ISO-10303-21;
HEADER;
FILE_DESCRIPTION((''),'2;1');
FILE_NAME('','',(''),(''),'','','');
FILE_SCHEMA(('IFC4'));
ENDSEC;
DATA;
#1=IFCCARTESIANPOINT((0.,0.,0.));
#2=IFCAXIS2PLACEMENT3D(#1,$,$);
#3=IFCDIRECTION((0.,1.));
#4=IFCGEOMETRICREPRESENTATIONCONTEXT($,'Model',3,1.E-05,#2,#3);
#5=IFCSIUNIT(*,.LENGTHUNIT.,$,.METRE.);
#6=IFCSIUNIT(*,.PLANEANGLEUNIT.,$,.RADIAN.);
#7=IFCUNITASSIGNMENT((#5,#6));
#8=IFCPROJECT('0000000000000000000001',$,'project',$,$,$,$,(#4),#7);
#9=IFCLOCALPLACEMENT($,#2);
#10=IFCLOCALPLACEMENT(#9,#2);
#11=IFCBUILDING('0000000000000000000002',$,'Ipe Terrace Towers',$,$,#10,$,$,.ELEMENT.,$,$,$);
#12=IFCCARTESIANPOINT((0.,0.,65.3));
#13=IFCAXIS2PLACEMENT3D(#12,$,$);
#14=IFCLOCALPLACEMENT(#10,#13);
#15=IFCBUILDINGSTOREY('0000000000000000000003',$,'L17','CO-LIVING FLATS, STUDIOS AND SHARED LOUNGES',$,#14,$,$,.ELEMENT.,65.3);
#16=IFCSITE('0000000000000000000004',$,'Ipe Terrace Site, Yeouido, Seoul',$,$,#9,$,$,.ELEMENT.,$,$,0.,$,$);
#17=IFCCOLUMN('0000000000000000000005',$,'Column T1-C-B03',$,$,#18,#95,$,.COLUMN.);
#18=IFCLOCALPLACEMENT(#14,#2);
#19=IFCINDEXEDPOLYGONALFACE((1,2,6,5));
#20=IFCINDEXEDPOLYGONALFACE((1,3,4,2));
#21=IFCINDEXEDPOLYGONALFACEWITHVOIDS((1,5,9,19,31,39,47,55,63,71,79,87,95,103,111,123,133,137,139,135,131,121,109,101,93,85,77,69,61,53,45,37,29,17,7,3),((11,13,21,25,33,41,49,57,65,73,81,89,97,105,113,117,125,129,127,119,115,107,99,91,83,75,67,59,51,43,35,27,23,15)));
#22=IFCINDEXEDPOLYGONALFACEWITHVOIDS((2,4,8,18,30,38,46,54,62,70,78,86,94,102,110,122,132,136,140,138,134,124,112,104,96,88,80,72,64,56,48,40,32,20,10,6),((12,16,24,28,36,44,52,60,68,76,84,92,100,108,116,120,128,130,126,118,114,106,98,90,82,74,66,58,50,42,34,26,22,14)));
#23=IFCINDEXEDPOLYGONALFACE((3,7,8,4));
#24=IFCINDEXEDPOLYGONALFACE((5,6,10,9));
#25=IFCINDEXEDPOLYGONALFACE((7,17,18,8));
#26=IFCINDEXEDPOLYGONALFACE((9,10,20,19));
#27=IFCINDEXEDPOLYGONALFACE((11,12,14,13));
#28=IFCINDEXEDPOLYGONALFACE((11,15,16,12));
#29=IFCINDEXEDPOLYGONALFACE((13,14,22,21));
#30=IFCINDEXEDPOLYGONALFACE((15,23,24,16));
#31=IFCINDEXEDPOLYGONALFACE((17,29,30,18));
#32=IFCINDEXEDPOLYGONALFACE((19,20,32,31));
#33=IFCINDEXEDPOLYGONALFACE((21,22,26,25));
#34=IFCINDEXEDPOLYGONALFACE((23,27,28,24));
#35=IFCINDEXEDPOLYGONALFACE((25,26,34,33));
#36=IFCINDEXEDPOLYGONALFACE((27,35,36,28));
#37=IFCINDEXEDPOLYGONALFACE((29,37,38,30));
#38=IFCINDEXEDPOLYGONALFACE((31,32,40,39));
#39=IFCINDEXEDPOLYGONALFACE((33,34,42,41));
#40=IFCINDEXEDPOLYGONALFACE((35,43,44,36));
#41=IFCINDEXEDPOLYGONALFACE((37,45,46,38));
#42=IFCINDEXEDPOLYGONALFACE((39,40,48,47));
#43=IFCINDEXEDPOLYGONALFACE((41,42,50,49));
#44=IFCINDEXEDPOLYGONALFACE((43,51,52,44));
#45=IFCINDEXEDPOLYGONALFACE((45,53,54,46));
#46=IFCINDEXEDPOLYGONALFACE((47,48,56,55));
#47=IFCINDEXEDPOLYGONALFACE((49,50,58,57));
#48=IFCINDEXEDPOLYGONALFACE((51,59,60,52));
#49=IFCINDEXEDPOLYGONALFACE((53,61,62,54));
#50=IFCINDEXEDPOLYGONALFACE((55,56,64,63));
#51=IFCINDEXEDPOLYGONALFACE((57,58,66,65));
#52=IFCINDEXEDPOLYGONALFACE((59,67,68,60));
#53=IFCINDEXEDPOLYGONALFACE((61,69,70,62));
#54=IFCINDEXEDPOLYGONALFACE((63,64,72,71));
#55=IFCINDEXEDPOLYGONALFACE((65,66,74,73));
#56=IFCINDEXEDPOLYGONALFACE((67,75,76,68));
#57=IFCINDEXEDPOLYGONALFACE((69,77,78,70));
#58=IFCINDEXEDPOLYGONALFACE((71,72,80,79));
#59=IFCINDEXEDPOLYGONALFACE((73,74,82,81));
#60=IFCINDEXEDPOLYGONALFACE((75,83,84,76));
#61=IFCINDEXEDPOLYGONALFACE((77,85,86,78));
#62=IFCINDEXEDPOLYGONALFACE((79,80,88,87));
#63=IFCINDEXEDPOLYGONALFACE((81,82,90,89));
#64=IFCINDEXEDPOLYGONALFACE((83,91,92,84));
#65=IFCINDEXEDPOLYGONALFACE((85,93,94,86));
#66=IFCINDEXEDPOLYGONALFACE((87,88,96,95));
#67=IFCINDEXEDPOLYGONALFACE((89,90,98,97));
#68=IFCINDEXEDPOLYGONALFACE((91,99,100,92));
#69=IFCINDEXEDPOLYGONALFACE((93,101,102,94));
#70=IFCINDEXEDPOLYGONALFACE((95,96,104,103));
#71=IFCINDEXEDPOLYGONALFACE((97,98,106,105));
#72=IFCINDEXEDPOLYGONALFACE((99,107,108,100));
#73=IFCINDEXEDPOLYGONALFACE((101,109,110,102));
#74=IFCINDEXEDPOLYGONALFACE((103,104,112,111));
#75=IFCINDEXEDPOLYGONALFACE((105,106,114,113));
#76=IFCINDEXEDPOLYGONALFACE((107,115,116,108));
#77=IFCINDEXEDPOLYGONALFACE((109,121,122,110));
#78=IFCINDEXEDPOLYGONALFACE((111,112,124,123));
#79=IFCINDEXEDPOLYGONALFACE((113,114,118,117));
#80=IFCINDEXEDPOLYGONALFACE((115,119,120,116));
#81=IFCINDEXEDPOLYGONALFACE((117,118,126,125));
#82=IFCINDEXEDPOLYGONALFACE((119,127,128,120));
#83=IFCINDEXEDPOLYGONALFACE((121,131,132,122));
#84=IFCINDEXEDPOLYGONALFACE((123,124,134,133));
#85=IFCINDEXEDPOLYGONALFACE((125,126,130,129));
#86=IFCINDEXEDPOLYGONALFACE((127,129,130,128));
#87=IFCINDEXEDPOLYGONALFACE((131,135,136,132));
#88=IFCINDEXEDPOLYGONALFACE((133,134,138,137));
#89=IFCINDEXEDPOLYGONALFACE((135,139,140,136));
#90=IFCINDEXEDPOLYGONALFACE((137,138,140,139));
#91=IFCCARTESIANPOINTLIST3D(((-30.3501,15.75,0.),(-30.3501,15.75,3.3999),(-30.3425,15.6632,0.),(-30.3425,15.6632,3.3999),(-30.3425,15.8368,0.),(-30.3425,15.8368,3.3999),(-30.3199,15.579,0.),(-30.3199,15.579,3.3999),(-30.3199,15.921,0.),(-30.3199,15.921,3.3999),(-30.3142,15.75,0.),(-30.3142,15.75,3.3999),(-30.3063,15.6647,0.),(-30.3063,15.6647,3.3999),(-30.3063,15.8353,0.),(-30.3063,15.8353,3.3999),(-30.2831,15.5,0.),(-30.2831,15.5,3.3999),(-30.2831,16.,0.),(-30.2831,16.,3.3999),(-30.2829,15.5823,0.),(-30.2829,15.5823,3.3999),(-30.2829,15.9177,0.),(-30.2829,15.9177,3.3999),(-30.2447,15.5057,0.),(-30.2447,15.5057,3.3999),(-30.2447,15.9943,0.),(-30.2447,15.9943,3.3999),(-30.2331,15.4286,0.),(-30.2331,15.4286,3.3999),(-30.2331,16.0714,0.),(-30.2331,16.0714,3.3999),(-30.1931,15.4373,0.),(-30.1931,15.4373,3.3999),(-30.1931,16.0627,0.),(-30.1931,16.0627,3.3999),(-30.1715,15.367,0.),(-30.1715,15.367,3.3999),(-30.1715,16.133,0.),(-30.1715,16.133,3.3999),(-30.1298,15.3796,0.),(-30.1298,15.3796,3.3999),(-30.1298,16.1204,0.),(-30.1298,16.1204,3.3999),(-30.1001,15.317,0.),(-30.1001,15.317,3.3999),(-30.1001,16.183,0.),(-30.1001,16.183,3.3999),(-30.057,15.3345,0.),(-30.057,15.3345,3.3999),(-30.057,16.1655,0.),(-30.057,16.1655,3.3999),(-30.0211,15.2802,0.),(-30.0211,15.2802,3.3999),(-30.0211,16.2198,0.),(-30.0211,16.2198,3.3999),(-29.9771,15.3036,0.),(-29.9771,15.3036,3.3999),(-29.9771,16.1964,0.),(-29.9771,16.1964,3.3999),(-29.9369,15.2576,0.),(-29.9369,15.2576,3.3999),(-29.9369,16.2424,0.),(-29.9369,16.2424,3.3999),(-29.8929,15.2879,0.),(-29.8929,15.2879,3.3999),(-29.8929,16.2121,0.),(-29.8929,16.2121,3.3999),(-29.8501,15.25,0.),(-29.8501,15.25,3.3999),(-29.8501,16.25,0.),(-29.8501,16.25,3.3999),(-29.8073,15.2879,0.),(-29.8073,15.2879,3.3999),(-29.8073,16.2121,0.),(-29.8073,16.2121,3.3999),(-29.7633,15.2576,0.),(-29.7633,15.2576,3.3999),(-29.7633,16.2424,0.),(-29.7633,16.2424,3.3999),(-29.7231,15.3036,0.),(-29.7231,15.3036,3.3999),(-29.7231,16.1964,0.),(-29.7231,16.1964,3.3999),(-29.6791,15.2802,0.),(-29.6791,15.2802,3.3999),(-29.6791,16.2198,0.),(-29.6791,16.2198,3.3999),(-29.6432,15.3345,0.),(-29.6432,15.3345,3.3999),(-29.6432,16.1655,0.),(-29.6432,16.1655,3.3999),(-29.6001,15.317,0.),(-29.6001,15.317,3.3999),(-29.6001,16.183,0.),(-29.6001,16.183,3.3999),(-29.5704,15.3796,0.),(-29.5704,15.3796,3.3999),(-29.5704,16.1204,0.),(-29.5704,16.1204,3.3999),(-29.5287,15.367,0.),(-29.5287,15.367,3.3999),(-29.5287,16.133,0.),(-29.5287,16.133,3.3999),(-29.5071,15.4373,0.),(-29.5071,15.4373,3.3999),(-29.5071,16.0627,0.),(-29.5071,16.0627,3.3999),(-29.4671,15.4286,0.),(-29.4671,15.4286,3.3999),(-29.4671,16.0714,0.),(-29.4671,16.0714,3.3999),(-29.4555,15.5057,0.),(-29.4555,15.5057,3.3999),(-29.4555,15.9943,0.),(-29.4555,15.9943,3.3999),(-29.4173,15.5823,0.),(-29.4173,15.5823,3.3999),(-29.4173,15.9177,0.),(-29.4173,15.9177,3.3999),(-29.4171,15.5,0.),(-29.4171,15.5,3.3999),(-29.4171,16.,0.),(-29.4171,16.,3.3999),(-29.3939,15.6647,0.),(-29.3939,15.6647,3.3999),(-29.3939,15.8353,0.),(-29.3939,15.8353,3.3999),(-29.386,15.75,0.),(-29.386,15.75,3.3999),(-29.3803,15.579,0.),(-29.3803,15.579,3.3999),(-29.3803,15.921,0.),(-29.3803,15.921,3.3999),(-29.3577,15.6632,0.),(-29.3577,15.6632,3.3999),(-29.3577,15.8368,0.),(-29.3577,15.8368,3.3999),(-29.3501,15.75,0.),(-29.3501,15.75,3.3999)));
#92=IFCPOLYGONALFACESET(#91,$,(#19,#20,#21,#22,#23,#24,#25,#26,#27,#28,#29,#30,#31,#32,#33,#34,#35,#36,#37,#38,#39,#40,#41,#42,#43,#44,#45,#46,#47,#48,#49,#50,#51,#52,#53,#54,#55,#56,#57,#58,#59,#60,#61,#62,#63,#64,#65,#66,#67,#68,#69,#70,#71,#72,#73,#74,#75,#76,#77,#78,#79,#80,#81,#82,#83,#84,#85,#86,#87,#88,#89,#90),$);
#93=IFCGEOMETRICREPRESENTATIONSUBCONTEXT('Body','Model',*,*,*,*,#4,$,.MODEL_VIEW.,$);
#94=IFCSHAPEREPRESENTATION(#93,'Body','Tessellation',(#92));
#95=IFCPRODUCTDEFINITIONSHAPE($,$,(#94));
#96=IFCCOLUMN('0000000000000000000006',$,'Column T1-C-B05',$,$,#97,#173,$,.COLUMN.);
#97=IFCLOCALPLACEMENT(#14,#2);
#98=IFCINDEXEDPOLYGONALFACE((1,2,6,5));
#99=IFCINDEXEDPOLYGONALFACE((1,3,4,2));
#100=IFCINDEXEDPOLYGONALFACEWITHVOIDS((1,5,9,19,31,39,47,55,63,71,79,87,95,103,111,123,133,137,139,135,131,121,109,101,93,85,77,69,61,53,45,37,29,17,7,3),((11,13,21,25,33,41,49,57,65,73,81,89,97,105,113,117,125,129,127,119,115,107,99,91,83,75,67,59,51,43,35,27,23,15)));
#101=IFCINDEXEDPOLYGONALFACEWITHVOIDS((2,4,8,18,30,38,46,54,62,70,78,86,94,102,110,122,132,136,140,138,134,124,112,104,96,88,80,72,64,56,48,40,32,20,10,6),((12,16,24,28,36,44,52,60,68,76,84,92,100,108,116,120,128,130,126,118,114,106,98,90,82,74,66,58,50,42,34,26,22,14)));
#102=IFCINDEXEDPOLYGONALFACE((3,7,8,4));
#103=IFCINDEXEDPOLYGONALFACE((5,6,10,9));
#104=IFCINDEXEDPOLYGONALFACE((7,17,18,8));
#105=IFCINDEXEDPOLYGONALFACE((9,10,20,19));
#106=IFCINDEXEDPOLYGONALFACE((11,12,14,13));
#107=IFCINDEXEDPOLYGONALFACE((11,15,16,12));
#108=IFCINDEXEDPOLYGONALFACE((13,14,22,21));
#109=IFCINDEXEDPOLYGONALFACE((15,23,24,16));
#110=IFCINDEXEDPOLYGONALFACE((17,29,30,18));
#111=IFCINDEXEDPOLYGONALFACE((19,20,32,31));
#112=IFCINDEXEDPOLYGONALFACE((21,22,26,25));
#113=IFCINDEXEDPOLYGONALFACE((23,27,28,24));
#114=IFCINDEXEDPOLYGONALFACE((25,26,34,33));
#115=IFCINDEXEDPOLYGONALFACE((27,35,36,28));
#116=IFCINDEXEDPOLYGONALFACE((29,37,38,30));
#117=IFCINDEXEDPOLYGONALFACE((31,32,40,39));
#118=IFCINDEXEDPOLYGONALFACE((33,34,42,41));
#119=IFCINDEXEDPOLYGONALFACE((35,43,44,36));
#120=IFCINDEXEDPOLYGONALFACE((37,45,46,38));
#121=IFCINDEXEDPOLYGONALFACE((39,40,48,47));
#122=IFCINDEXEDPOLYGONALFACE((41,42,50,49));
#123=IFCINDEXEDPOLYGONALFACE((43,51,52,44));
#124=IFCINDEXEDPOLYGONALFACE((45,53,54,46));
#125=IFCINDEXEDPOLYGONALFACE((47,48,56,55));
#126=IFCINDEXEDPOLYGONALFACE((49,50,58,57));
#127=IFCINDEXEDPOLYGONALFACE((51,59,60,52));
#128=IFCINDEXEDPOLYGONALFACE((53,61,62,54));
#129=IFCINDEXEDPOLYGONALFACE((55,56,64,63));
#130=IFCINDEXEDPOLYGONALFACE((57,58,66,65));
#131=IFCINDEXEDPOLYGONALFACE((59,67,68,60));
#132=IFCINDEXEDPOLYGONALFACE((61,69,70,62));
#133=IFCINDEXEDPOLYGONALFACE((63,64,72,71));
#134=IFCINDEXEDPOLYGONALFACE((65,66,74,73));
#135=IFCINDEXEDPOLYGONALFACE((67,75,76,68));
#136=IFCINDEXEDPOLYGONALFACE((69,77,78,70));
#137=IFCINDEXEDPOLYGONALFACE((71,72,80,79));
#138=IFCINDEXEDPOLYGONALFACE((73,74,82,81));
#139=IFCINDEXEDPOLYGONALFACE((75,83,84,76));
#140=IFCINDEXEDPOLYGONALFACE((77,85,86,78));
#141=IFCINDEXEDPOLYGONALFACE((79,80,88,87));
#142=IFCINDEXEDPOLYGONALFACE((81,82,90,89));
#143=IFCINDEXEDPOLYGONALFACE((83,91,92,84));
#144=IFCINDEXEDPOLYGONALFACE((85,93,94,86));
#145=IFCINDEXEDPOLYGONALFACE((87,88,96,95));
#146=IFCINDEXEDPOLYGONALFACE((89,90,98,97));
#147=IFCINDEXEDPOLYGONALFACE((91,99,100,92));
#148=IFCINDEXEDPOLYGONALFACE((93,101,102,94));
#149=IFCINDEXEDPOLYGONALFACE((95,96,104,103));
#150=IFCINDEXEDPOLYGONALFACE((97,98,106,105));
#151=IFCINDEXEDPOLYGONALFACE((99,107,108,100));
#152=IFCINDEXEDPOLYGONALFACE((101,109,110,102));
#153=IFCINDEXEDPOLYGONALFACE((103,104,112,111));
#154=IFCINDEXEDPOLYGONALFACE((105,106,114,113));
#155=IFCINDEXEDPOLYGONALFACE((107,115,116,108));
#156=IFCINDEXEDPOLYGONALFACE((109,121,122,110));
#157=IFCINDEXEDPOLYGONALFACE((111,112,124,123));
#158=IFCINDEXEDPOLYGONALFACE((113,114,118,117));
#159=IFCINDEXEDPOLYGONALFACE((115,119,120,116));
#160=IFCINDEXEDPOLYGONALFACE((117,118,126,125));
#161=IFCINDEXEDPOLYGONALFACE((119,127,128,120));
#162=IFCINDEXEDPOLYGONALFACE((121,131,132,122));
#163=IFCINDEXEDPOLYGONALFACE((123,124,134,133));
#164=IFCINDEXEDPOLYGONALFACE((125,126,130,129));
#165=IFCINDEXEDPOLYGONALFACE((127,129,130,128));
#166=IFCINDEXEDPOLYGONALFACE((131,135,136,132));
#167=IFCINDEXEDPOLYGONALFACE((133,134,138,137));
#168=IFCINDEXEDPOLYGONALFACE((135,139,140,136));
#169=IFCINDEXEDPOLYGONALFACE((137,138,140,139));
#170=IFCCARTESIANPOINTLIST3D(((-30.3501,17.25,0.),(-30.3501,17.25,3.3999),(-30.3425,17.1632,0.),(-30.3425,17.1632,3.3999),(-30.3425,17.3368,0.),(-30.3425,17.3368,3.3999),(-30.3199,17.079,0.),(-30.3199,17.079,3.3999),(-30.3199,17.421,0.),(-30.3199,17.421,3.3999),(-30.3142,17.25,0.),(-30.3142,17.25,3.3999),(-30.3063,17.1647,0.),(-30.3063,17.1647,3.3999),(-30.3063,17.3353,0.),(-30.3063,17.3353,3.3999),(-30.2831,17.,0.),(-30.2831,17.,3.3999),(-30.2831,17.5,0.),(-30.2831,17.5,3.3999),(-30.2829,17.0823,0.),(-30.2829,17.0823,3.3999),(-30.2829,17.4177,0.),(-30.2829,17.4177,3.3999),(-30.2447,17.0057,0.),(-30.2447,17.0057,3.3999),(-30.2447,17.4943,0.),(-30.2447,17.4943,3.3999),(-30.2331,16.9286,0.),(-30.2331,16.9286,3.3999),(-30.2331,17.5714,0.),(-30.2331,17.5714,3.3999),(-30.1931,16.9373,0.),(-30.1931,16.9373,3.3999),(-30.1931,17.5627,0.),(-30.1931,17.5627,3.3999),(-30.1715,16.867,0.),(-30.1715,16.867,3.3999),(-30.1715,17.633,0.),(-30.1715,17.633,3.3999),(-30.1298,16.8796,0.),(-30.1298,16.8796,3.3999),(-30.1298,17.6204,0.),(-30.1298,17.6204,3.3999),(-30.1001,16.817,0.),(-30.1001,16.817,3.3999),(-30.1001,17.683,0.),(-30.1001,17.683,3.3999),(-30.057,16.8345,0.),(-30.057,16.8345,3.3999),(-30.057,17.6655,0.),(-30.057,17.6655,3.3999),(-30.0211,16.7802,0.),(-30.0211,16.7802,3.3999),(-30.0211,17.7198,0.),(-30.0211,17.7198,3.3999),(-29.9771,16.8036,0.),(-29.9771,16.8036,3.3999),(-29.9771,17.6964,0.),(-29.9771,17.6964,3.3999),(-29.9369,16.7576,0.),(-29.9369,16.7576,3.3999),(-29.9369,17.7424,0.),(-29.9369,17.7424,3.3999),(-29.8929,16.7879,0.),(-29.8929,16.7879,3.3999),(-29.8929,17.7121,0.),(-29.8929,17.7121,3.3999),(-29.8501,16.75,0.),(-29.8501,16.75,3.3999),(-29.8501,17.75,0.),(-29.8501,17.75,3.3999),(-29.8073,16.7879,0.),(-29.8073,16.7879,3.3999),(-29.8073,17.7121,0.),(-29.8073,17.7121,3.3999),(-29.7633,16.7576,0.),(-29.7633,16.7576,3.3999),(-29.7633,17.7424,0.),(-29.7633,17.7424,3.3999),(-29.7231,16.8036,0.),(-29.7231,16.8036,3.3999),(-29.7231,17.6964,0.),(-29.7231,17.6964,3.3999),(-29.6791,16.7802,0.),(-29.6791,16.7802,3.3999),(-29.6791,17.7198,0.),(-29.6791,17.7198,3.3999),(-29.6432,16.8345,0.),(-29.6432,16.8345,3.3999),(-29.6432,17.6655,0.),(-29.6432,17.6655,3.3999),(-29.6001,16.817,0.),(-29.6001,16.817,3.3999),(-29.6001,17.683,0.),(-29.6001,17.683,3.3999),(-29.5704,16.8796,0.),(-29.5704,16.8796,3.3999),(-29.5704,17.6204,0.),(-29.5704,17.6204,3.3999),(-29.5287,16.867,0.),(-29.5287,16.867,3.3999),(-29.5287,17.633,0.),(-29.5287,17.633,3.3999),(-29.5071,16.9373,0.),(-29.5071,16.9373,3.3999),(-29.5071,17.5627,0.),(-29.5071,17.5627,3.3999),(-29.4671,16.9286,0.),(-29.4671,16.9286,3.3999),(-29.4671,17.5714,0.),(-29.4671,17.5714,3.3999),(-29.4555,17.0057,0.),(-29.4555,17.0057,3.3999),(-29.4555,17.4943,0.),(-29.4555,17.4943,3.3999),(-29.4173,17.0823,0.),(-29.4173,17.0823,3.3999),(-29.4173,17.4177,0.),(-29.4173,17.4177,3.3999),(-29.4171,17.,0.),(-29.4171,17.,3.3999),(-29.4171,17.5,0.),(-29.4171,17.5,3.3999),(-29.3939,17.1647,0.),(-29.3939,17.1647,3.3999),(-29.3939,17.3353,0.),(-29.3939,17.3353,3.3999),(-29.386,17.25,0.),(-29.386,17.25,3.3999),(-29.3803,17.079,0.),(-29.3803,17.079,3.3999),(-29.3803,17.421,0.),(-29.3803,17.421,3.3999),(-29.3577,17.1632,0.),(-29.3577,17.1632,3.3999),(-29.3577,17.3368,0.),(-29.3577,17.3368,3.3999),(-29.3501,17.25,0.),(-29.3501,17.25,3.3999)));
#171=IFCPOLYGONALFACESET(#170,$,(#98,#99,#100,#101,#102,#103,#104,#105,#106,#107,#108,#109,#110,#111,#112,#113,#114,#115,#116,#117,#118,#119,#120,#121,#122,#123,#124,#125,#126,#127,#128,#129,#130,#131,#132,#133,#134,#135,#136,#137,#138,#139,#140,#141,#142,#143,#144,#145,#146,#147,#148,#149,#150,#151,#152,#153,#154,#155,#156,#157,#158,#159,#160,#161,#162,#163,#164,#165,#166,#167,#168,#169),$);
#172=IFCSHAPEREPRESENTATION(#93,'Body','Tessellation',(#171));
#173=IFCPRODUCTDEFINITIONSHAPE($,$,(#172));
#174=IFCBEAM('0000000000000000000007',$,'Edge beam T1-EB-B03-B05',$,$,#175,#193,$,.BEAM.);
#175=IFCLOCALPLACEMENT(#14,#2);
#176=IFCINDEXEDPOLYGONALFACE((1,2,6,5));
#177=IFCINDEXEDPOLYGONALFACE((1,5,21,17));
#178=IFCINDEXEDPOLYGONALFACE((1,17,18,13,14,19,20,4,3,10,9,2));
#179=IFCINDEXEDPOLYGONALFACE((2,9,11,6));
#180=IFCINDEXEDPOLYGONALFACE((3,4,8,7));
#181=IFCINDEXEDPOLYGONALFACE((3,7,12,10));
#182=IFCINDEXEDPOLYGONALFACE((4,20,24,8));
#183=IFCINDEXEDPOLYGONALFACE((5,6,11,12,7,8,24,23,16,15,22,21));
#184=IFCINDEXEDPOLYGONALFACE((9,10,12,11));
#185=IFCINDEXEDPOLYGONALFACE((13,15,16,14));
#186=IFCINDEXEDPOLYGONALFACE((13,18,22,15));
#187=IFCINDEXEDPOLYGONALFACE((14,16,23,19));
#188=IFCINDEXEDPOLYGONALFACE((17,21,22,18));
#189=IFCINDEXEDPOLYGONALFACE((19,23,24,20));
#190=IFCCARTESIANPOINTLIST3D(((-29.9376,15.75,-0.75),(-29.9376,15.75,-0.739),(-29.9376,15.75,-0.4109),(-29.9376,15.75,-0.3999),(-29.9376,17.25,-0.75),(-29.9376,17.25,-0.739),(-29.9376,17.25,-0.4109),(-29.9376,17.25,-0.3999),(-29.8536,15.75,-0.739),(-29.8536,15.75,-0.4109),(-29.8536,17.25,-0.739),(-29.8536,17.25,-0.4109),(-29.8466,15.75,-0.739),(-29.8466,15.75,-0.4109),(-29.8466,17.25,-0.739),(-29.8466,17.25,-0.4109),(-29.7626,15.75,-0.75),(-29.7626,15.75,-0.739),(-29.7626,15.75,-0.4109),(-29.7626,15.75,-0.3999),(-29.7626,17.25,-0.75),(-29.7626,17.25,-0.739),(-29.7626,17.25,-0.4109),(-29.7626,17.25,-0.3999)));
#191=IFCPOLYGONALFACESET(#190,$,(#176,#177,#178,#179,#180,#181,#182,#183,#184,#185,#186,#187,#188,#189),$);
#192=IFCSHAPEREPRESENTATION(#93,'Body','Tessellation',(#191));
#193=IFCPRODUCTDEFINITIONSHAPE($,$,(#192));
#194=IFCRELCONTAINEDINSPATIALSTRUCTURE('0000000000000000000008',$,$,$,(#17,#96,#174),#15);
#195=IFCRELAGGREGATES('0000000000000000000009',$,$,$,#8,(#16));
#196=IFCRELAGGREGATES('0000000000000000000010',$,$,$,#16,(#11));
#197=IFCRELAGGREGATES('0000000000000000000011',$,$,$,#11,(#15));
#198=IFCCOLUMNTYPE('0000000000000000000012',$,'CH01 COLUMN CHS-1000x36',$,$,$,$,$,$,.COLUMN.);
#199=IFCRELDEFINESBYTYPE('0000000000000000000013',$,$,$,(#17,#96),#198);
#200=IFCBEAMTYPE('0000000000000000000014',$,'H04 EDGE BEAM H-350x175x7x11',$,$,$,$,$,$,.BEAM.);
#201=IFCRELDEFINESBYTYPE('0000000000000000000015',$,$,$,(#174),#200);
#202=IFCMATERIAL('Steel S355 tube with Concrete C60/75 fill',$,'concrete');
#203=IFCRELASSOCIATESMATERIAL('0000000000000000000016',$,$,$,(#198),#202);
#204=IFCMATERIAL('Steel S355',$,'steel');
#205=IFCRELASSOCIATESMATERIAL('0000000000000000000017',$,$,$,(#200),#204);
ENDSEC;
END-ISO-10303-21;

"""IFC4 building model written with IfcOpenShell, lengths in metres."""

from ifc_helpers import new_model, si_unit, direction, frame, origin, origin_2d, place, context, subcontext, project, spatial, hollow_circle, i_section, extrude, material, material_profile, profile_set, type_object, element, save


model = new_model("IFC4")

# Units and contexts
model_context = context("Model", 3, precision=1e-05, world=origin(), true_north=direction((0.0, 1.0)))
body_context = subcontext(model_context, "Body", "Model", "MODEL_VIEW")
ifc_project = project(units=[si_unit("LENGTHUNIT", "METRE"), si_unit("PLANEANGLEUNIT", "RADIAN")], contexts=[model_context])

# Site, building, storey
site_placement = place(None, origin())
site = spatial("IfcSite", under=ifc_project, at=site_placement, Name="Ipe Terrace Site, Yeouido, Seoul", CompositionType="ELEMENT", RefElevation=0.0)
building_placement = place(site_placement, origin())
building = spatial("IfcBuilding", under=site, at=building_placement, Name="Ipe Terrace Towers", CompositionType="ELEMENT")
storey_placement = place(building_placement, frame((0.0, 0.0, 65.3)))
storey = spatial("IfcBuildingStorey", under=building, at=storey_placement, Name="L17", Description="CO-LIVING FLATS, STUDIOS AND SHARED LOUNGES", CompositionType="ELEMENT", Elevation=65.3)

# Columns
ifc_material_1 = material(Name="Steel S355 tube with Concrete C60/75 fill", Category="concrete")
ifc_material_profile_1 = material_profile(ifc_material_1, hollow_circle(Radius=0.5, WallThickness=0.0359, at=origin_2d()), Name="CHS-1000x36")
ifc_profile_set_1 = profile_set([ifc_material_profile_1], Name="Steel S355 tube with Concrete C60/75 fill")
column_type = type_object("IfcColumnType", Name="CH01 COLUMN CHS-1000x36", PredefinedType="COLUMN", material=ifc_profile_set_1)
for number, where, z_axis, x_axis, name in (
    (1, (-29.8501, 15.75, 0.0), (0.0, 0.0, 1.0), (1.0, 0.0, 0.0), "Column T1-C-B03"),
    (2, (-29.8501, 17.25, 0.0), (0.0, 0.0, 1.0), (1.0, 0.0, 0.0), "Column T1-C-B05"),
):
    element("IfcColumn", number, at=place(storey_placement, frame(where, z_axis=z_axis, x_axis=x_axis)), inside=storey, type_object=column_type, Name=name, PredefinedType="COLUMN", context=body_context, shape_type="SweptSolid", body=[
        extrude(hollow_circle(Radius=0.5, WallThickness=0.0359, at=origin_2d()), origin(), (0.0, 0.0, 1.0), 3.3999),
    ])

# Beam
ifc_material_2 = material(Name="Steel S355", Category="steel")
ifc_material_profile_2 = material_profile(ifc_material_2, i_section(OverallWidth=0.175, OverallDepth=0.3501, WebThickness=0.0071, FlangeThickness=0.011, at=origin_2d()), Name="H-350x175x7x11")
ifc_profile_set_2 = profile_set([ifc_material_profile_2], Name="Steel S355")
beam_type = type_object("IfcBeamType", Name="H04 EDGE BEAM H-350x175x7x11", PredefinedType="BEAM", material=ifc_profile_set_2)
beam_placement = place(storey_placement, frame((-29.8501, 15.75, -0.575), z_axis=(0.0, 1.0, 0.0), x_axis=(-1.0, 0.0, 0.0)))
element("IfcBeam", 3, at=beam_placement, inside=storey, type_object=beam_type, Name="Edge beam T1-EB-B03-B05", PredefinedType="BEAM", context=body_context, shape_type="SweptSolid", body=[
    extrude(i_section(OverallWidth=0.175, OverallDepth=0.3501, WebThickness=0.0071, FlangeThickness=0.011, at=origin_2d()), origin(), (0.0, 0.0, 1.0), 1.5),
])

save(model, "model.ifc")
